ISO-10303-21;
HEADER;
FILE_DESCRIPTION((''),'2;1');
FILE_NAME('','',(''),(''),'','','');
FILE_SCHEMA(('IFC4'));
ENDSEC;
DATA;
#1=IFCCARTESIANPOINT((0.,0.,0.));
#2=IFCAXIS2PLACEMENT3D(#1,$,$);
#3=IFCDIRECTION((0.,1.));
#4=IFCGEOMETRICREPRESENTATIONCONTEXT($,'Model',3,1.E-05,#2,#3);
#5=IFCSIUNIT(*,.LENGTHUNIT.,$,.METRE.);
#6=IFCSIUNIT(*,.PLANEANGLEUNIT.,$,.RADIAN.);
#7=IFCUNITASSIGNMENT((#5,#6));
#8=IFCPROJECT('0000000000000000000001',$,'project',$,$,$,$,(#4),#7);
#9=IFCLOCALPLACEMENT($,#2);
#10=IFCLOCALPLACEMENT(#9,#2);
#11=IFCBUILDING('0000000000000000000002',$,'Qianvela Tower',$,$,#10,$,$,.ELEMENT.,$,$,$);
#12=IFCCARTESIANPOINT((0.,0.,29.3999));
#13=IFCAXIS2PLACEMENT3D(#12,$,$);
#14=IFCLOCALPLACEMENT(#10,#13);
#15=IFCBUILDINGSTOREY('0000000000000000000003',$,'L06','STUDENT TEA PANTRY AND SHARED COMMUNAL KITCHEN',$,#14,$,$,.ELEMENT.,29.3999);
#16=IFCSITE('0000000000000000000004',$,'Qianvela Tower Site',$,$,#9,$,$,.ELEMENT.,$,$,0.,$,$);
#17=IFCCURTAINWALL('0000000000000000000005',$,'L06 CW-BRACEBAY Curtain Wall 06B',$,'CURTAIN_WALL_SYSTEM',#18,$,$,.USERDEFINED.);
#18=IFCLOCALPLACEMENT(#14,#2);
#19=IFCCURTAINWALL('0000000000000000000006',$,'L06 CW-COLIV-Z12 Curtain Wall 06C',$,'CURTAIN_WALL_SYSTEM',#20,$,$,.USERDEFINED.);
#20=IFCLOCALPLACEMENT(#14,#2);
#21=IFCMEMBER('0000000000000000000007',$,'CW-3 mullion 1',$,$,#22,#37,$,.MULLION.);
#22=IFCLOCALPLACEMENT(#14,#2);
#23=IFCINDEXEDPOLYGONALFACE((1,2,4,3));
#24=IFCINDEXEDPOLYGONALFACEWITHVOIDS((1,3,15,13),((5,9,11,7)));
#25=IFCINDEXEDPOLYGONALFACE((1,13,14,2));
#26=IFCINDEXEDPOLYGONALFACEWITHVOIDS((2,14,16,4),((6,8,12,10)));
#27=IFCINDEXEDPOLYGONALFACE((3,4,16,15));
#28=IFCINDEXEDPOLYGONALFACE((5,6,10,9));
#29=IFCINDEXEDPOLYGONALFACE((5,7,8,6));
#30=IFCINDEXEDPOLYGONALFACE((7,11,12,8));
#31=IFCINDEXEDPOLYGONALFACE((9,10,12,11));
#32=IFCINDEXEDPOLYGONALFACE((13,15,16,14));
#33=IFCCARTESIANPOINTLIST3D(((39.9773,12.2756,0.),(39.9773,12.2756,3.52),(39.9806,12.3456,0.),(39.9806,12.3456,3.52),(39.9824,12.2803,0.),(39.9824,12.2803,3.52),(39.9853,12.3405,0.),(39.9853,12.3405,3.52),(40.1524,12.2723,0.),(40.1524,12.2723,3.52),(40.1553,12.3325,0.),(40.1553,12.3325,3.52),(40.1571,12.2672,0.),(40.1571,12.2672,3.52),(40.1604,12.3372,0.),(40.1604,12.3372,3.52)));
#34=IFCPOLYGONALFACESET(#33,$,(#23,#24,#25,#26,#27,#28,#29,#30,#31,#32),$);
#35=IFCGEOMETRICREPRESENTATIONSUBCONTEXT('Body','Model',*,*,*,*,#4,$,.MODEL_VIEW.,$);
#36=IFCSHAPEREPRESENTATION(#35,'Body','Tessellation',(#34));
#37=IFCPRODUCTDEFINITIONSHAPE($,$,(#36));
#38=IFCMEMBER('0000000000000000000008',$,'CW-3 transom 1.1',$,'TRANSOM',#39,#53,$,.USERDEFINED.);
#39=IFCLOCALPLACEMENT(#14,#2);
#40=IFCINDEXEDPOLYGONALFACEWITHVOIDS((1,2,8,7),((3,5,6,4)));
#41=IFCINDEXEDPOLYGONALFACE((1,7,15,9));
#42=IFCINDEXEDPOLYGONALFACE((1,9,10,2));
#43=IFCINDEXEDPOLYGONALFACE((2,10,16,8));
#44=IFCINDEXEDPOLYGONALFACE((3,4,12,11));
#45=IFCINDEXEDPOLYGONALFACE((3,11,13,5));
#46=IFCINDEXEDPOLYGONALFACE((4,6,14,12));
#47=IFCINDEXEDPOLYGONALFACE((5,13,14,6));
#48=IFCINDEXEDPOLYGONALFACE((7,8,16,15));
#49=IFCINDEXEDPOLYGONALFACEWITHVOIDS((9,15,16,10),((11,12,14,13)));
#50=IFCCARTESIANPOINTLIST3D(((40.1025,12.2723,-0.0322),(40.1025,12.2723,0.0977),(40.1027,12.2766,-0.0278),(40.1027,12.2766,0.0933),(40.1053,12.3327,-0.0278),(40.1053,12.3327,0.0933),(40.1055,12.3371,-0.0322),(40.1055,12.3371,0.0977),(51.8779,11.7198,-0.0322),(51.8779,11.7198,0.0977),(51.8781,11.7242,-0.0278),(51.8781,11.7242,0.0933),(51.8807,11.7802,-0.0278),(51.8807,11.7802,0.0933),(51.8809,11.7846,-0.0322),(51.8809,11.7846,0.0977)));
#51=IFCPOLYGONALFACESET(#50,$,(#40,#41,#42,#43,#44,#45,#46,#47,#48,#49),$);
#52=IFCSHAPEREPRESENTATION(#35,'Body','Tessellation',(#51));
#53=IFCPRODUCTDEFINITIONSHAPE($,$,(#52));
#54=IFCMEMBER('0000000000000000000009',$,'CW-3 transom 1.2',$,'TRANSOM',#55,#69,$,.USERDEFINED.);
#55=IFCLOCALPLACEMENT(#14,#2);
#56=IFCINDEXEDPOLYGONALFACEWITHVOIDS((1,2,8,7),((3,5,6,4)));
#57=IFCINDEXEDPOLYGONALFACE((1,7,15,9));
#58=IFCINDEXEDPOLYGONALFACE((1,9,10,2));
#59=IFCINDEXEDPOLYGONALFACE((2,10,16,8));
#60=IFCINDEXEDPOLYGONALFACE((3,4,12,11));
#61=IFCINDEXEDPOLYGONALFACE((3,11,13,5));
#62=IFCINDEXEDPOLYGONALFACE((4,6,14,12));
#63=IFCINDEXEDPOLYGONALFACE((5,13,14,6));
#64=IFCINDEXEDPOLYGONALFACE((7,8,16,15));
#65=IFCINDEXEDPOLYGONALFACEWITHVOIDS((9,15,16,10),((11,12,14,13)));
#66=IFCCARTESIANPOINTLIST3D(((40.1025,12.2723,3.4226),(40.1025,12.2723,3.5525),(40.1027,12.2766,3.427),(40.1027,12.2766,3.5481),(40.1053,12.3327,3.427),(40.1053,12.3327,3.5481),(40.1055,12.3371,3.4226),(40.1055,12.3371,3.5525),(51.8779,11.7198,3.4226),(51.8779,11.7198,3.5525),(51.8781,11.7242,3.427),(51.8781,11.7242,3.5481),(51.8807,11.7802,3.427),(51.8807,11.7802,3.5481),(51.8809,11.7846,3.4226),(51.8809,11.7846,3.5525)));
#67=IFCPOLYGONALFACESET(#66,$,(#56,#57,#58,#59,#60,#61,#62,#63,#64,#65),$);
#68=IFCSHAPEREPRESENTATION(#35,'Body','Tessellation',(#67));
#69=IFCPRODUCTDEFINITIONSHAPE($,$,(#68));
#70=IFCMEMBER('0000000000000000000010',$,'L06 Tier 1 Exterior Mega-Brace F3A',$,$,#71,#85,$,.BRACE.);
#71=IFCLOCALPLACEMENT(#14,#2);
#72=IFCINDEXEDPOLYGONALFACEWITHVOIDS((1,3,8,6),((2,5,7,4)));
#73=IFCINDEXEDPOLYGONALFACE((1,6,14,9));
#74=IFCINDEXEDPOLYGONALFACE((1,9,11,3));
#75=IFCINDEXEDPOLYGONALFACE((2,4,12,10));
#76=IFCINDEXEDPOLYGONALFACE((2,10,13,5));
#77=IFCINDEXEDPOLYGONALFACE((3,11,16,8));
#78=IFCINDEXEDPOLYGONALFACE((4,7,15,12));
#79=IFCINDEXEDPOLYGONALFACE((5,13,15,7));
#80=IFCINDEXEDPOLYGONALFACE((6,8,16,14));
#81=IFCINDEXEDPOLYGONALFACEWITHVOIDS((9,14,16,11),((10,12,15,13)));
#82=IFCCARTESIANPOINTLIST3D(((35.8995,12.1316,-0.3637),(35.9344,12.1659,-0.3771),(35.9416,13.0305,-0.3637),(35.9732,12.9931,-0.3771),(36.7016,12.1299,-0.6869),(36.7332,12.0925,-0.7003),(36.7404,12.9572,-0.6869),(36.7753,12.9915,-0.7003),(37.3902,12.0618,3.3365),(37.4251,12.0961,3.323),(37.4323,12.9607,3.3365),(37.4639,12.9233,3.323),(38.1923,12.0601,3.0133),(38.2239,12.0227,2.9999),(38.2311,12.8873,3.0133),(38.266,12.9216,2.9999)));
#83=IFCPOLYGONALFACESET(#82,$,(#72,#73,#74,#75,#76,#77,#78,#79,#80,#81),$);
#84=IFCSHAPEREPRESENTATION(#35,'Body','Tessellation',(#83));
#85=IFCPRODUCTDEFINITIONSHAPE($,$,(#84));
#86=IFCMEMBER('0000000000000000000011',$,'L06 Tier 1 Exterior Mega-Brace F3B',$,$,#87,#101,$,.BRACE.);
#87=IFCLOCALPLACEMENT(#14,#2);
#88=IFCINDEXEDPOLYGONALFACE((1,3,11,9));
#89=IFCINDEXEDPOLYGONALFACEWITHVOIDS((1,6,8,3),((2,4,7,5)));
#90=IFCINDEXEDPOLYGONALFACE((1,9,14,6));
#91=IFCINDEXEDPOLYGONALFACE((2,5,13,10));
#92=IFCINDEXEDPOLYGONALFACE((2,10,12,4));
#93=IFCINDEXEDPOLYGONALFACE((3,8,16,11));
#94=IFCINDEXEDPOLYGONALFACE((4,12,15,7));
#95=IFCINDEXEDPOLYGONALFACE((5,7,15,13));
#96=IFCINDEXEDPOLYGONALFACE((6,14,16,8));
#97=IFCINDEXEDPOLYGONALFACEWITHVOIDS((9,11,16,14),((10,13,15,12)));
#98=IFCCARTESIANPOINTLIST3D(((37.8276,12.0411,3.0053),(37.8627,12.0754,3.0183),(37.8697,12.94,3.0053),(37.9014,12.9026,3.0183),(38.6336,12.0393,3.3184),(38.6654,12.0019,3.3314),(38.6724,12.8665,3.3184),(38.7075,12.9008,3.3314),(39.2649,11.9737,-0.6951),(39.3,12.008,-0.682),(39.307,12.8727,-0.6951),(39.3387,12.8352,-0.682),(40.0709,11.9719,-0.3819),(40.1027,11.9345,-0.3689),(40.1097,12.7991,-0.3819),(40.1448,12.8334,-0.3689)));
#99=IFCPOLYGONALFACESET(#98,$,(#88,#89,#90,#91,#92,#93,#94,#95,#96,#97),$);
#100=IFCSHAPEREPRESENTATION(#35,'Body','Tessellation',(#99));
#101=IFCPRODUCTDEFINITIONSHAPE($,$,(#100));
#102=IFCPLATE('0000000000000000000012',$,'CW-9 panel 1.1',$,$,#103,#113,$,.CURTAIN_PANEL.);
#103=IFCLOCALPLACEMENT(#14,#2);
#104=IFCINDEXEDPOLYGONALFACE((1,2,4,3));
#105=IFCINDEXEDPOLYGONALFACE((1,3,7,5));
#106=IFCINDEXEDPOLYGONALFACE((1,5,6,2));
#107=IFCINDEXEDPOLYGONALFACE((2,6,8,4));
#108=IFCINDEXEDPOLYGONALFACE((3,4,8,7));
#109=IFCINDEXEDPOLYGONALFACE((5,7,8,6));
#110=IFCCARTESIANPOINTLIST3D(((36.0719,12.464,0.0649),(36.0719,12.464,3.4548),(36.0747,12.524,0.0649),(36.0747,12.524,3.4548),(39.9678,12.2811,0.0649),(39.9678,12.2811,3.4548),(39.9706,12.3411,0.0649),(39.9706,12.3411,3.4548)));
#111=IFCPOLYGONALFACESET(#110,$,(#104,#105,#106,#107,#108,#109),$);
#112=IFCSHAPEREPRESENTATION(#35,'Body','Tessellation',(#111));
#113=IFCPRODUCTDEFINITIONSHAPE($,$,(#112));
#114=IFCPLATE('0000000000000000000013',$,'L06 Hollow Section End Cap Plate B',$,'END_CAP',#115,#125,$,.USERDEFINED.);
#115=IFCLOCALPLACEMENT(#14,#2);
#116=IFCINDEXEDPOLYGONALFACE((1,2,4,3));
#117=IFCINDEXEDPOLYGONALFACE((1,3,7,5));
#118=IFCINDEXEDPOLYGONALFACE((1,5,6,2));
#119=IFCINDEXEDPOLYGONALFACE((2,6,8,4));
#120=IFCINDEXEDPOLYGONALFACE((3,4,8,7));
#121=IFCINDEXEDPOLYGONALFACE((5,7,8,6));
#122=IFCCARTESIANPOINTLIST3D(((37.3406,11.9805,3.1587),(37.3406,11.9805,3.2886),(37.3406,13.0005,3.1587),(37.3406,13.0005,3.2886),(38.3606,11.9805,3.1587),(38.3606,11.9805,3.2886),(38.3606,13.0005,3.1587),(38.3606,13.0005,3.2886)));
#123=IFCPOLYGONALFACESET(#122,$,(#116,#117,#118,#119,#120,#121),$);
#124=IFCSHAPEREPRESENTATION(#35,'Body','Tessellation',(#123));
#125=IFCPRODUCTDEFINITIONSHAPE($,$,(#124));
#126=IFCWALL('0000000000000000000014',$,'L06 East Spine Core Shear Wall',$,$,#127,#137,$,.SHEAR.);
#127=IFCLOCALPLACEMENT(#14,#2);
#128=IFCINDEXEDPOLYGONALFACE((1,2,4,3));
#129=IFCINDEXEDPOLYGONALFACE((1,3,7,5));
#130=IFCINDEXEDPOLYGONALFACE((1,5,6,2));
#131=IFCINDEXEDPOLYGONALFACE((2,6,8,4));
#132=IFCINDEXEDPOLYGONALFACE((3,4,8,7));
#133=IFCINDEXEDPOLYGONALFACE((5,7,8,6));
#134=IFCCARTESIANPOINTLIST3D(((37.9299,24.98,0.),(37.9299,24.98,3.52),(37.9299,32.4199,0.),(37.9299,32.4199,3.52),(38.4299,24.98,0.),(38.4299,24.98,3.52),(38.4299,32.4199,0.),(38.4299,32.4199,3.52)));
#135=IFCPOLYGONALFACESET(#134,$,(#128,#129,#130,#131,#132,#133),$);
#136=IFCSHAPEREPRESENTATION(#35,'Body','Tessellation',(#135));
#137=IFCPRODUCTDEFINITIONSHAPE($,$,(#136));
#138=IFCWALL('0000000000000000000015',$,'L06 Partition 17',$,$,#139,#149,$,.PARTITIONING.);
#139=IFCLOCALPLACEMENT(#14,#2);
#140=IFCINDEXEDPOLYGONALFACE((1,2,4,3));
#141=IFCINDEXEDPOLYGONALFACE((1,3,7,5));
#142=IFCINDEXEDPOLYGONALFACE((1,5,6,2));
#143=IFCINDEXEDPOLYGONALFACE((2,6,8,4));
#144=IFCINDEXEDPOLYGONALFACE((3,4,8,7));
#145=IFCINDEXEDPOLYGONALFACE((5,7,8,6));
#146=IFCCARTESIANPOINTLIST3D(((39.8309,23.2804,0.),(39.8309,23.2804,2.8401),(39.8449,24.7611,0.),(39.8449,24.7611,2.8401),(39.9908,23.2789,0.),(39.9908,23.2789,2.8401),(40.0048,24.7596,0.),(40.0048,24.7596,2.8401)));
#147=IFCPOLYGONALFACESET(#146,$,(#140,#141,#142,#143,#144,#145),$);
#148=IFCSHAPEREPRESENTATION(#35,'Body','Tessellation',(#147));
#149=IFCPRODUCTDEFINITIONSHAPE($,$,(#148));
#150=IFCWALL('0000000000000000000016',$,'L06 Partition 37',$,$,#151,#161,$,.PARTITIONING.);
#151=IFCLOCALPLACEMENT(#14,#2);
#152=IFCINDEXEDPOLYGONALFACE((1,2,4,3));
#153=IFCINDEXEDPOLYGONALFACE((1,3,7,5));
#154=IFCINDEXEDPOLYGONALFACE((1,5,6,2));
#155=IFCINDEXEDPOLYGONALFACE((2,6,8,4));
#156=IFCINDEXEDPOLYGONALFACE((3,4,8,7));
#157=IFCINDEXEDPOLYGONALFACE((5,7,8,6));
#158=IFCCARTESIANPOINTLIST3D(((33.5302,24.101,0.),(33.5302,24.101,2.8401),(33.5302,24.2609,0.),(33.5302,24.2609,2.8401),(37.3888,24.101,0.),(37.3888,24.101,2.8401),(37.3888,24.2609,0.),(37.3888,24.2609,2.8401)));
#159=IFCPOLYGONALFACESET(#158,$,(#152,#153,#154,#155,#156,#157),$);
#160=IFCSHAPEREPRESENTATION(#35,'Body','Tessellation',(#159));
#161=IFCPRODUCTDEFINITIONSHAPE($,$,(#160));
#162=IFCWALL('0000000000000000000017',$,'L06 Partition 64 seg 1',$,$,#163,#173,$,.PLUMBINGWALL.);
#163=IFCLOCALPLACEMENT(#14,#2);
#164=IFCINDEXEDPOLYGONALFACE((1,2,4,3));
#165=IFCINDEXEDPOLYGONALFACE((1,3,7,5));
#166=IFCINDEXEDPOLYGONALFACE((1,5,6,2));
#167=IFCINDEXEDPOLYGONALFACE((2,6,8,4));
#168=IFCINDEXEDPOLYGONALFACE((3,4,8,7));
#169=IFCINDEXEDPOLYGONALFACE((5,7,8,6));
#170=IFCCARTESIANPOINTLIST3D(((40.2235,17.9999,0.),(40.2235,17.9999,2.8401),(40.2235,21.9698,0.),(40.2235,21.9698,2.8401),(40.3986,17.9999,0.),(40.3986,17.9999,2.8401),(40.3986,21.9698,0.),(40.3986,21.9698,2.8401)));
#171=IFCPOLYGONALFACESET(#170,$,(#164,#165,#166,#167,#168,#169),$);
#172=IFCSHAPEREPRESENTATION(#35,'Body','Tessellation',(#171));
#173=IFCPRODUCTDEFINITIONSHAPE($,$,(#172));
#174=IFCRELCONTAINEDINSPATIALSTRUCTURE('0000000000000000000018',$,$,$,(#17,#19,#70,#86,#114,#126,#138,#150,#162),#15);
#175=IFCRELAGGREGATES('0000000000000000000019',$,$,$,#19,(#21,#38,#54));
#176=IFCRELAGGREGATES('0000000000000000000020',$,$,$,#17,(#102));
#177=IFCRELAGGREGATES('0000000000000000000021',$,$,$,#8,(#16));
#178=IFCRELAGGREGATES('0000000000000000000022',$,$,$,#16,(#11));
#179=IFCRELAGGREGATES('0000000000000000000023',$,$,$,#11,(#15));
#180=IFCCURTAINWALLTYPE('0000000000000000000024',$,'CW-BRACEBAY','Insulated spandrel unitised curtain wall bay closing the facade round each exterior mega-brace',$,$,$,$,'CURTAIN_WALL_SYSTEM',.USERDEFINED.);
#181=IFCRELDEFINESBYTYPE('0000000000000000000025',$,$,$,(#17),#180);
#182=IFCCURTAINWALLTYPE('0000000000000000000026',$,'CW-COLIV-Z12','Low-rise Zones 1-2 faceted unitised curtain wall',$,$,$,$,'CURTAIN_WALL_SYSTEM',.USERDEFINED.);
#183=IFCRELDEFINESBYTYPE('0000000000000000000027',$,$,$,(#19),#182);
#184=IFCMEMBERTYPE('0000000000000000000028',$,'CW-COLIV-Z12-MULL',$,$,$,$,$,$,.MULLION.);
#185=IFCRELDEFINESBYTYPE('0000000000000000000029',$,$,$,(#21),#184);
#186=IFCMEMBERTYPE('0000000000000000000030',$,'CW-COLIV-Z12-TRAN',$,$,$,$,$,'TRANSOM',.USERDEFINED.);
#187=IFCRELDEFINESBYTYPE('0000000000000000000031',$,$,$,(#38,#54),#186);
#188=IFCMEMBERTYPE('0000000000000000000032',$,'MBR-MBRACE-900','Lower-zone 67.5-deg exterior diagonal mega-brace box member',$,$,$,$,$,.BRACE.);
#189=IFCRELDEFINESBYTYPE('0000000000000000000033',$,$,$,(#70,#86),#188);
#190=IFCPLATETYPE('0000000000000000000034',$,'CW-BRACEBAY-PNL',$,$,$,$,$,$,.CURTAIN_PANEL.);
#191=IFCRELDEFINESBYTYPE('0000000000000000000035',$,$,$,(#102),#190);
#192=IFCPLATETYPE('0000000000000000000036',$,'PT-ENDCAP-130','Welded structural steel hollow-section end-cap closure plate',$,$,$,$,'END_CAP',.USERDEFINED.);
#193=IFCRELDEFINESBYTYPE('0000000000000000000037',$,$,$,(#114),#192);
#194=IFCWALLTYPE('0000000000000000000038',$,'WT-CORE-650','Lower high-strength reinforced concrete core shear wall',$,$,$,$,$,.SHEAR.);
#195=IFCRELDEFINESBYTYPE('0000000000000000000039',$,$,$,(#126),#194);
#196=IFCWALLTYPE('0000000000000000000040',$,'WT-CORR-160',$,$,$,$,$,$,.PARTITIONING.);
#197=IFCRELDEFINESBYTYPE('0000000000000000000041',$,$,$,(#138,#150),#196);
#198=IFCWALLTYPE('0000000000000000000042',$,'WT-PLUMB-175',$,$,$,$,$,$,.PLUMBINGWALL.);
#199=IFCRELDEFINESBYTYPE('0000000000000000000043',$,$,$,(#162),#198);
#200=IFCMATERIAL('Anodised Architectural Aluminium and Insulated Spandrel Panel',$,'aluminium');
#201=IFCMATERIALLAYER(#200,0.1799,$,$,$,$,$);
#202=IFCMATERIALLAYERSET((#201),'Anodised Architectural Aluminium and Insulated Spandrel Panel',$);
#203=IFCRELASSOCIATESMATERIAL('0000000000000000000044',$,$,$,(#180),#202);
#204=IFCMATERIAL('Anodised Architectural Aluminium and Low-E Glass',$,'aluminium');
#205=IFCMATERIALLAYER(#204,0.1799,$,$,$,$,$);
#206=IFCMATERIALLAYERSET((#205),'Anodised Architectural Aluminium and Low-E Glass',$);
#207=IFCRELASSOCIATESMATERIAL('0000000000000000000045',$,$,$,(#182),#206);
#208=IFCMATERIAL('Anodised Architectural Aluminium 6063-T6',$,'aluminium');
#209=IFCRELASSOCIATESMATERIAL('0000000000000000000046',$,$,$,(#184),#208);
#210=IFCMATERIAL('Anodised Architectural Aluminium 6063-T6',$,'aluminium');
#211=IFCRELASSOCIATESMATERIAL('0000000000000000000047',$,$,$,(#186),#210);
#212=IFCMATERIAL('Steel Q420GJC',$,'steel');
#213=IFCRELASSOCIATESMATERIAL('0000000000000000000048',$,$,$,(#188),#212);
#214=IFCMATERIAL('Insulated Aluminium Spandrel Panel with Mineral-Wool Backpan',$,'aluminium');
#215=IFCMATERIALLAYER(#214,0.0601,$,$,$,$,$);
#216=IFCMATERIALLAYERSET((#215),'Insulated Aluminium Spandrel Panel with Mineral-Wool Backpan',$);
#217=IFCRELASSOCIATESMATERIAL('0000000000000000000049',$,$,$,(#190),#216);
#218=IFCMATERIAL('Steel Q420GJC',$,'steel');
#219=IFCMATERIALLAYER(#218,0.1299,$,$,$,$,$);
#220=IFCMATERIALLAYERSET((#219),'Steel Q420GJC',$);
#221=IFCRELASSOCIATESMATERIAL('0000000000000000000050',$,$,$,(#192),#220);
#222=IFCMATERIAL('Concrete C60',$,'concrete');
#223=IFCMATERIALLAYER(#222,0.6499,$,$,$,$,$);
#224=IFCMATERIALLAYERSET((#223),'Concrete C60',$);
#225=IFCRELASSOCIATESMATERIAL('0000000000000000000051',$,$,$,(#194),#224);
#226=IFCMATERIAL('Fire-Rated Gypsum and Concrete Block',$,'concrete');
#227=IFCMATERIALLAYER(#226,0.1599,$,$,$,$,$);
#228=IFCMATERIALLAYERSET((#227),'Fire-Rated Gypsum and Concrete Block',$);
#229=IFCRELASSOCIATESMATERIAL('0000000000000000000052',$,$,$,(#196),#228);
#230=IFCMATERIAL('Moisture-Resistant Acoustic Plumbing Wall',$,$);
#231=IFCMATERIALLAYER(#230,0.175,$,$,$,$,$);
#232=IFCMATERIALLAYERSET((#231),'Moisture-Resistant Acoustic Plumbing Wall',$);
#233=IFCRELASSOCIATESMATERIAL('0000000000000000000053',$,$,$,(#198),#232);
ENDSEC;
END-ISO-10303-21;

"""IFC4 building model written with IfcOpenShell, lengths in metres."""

from ifc_helpers import new_model, si_unit, direction, frame, frame_2d, origin, origin_2d, place, context, subcontext, project, spatial, rectangle, hollow_rectangle, extrude, material, layer, layer_set, material_profile, profile_set, type_object, element, aggregate, save


model = new_model("IFC4")

# Units and contexts
model_context = context("Model", 3, precision=1e-05, world=origin(), true_north=direction((0.0, 1.0)))
body_context = subcontext(model_context, "Body", "Model", "MODEL_VIEW")
ifc_project = project(units=[si_unit("LENGTHUNIT", "METRE"), si_unit("PLANEANGLEUNIT", "RADIAN")], contexts=[model_context])

# Site, building, storey
site_placement = place(None, origin())
site = spatial("IfcSite", under=ifc_project, at=site_placement, Name="Qianvela Tower Site", CompositionType="ELEMENT", RefElevation=0.0)
building_placement = place(site_placement, origin())
building = spatial("IfcBuilding", under=site, at=building_placement, Name="Qianvela Tower", CompositionType="ELEMENT")
storey_placement = place(building_placement, frame((0.0, 0.0, 29.3999)))
storey = spatial("IfcBuildingStorey", under=building, at=storey_placement, Name="L06", Description="STUDENT TEA PANTRY AND SHARED COMMUNAL KITCHEN", CompositionType="ELEMENT", Elevation=29.3999)

# Curtain wall
ifc_material_1 = material(Name="Anodised Architectural Aluminium and Insulated Spandrel Panel", Category="aluminium")
ifc_layer_1 = layer(ifc_material_1, 0.1799)
ifc_layer_set_1 = layer_set([ifc_layer_1], Name="Anodised Architectural Aluminium and Insulated Spandrel Panel")
curtain_wall_type_1 = type_object("IfcCurtainWallType", Name="CW-BRACEBAY", Description="Insulated spandrel unitised curtain wall bay closing the facade round each exterior mega-brace", ElementType="CURTAIN_WALL_SYSTEM", PredefinedType="USERDEFINED", material=ifc_layer_set_1)
curtain_wall_1_placement = place(storey_placement, origin())
curtain_wall_1 = element("IfcCurtainWall", 1, at=curtain_wall_1_placement, inside=storey, type_object=curtain_wall_type_1, Name="L06 CW-BRACEBAY Curtain Wall 06B", ObjectType="CURTAIN_WALL_SYSTEM", PredefinedType="USERDEFINED")

# Shared definitions
ifc_material_2 = material(Name="Anodised Architectural Aluminium and Low-E Glass", Category="aluminium")
ifc_layer_2 = layer(ifc_material_2, 0.1799)
ifc_layer_set_2 = layer_set([ifc_layer_2], Name="Anodised Architectural Aluminium and Low-E Glass")
curtain_wall_type_2 = type_object("IfcCurtainWallType", Name="CW-COLIV-Z12", Description="Low-rise Zones 1-2 faceted unitised curtain wall", ElementType="CURTAIN_WALL_SYSTEM", PredefinedType="USERDEFINED", material=ifc_layer_set_2)
ifc_material_3 = material(Name="Anodised Architectural Aluminium 6063-T6", Category="aluminium")
ifc_material_profile_1 = material_profile(ifc_material_3, hollow_rectangle(XDim=0.0701, YDim=0.1799, WallThickness=0.0049, at=origin_2d()), Name="ALU-MULL-70x180")
ifc_profile_set_1 = profile_set([ifc_material_profile_1], Name="Anodised Architectural Aluminium 6063-T6")
member_type_1 = type_object("IfcMemberType", Name="CW-COLIV-Z12-MULL", PredefinedType="MULLION", material=ifc_profile_set_1)

# Curtain wall, members
curtain_wall_2_placement = place(storey_placement, origin())
curtain_wall_2 = element("IfcCurtainWall", 2, at=curtain_wall_2_placement, inside=storey, type_object=curtain_wall_type_2, Name="L06 CW-COLIV-Z12 Curtain Wall 06C", ObjectType="CURTAIN_WALL_SYSTEM", PredefinedType="USERDEFINED")
member_1_placement = place(storey_placement, frame((40.0688, 12.3064, 0.0), z_axis=(0.0, 0.0, 1.0), x_axis=(0.04688, 0.998901, 0.0)))
member_1 = element("IfcMember", 3, at=member_1_placement, type_object=member_type_1, Name="CW-3 mullion 1", PredefinedType="MULLION", context=body_context, shape_type="SweptSolid", body=[
    extrude(hollow_rectangle(XDim=0.0701, YDim=0.1799, WallThickness=0.0049, at=origin_2d()), origin(), (0.0, 0.0, 1.0), 3.52),
])
ifc_material_4 = material(Name="Anodised Architectural Aluminium 6063-T6", Category="aluminium")
ifc_material_profile_2 = material_profile(ifc_material_4, hollow_rectangle(XDim=0.0649, YDim=0.1299, WallThickness=0.0044, at=origin_2d()), Name="ALU-TRAN-65x130")
ifc_profile_set_2 = profile_set([ifc_material_profile_2], Name="Anodised Architectural Aluminium 6063-T6")
member_type_2 = type_object("IfcMemberType", Name="CW-COLIV-Z12-TRAN", ElementType="TRANSOM", PredefinedType="USERDEFINED", material=ifc_profile_set_2)
member_2_placement = place(storey_placement, frame((40.104, 12.3047, 0.0327), z_axis=(0.998901, -0.046867, 0.0), x_axis=(0.046867, 0.998901, 0.0)))
member_2 = element("IfcMember", 4, at=member_2_placement, type_object=member_type_2, Name="CW-3 transom 1.1", ObjectType="TRANSOM", PredefinedType="USERDEFINED", context=body_context, shape_type="SweptSolid", body=[
    extrude(hollow_rectangle(XDim=0.0649, YDim=0.1299, WallThickness=0.0044, at=origin_2d()), origin(), (0.0, 0.0, 1.0), 11.7883),
])
member_3_placement = place(storey_placement, frame((40.104, 12.3047, 3.4875), z_axis=(0.998901, -0.046867, 0.0), x_axis=(0.046867, 0.998901, 0.0)))
member_3 = element("IfcMember", 5, at=member_3_placement, type_object=member_type_2, Name="CW-3 transom 1.2", ObjectType="TRANSOM", PredefinedType="USERDEFINED", context=body_context, shape_type="SweptSolid", body=[
    extrude(hollow_rectangle(XDim=0.0649, YDim=0.1299, WallThickness=0.0044, at=origin_2d()), origin(), (0.0, 0.0, 1.0), 11.7883),
])
aggregate(curtain_wall_2, [member_1, member_2, member_3])

# Members
ifc_material_5 = material(Name="Steel Q420GJC", Category="steel")
ifc_material_profile_3 = material_profile(ifc_material_5, hollow_rectangle(XDim=0.8999, YDim=0.8999, WallThickness=0.0359, at=origin_2d()), Name="MBOX-900x900x36")
ifc_profile_set_3 = profile_set([ifc_material_profile_3], Name="Steel Q420GJC")
member_type_3 = type_object("IfcMemberType", Name="MBR-MBRACE-900", Description="Lower-zone 67.5-deg exterior diagonal mega-brace box member", PredefinedType="BRACE", material=ifc_profile_set_3)
member_4_placement = place(storey_placement, frame((36.3374, 12.5615, -0.532), z_axis=(0.373633, -0.017501, 0.927412), x_axis=(0.046788, 0.998905, 0.0)))
element("IfcMember", 6, at=member_4_placement, inside=storey, type_object=member_type_3, Name="L06 Tier 1 Exterior Mega-Brace F3A", PredefinedType="BRACE", context=body_context, shape_type="SweptSolid", body=[
    extrude(hollow_rectangle(XDim=0.8999, YDim=0.8999, WallThickness=0.0359, at=origin_2d()), origin(), (0.0, 0.0, 1.0), 3.9897),
])
member_5_placement = place(storey_placement, frame((39.7048, 12.4036, -0.532), z_axis=(-0.36202, 0.016973, 0.932016), x_axis=(-0.046832, -0.998903, 0.0)))
element("IfcMember", 7, at=member_5_placement, inside=storey, type_object=member_type_3, Name="L06 Tier 1 Exterior Mega-Brace F3B", PredefinedType="BRACE", context=body_context, shape_type="SweptSolid", body=[
    extrude(hollow_rectangle(XDim=0.8999, YDim=0.8999, WallThickness=0.0359, at=origin_2d()), origin(), (0.0, 0.0, 1.0), 3.9702),
])

# Plates
ifc_material_6 = material(Name="Insulated Aluminium Spandrel Panel with Mineral-Wool Backpan", Category="aluminium")
ifc_layer_3 = layer(ifc_material_6, 0.0601)
ifc_layer_set_3 = layer_set([ifc_layer_3], Name="Insulated Aluminium Spandrel Panel with Mineral-Wool Backpan")
plate_type_1 = type_object("IfcPlateType", Name="CW-BRACEBAY-PNL", PredefinedType="CURTAIN_PANEL", material=ifc_layer_set_3)
plate_1_placement = place(storey_placement, frame((38.0212, 12.4026, 0.0649), z_axis=(0.0, 0.0, 1.0), x_axis=(0.9989, -0.046898, 0.0)))
plate_1 = element("IfcPlate", 8, at=plate_1_placement, type_object=plate_type_1, Name="CW-9 panel 1.1", PredefinedType="CURTAIN_PANEL", context=body_context, shape_type="SweptSolid", body=[
    extrude(rectangle(XDim=3.9001, YDim=0.0601, at=origin_2d()), origin(), (0.0, 0.0, 1.0), 3.3899),
])
aggregate(curtain_wall_1, [plate_1])
ifc_material_7 = material(Name="Steel Q420GJC", Category="steel")
ifc_layer_4 = layer(ifc_material_7, 0.1299)
ifc_layer_set_4 = layer_set([ifc_layer_4], Name="Steel Q420GJC")
plate_type_2 = type_object("IfcPlateType", Name="PT-ENDCAP-130", Description="Welded structural steel hollow-section end-cap closure plate", ElementType="END_CAP", PredefinedType="USERDEFINED", material=ifc_layer_set_4)
plate_2_placement = place(storey_placement, frame((37.8506, 12.4905, 3.1587), z_axis=(0.0, 0.0, 1.0), x_axis=(1.0, 0.0, 0.0)))
element("IfcPlate", 9, at=plate_2_placement, inside=storey, type_object=plate_type_2, Name="L06 Hollow Section End Cap Plate B", ObjectType="END_CAP", PredefinedType="USERDEFINED", context=body_context, shape_type="SweptSolid", body=[
    extrude(rectangle(XDim=1.02, YDim=1.02, at=origin_2d()), origin(), (0.0, 0.0, 1.0), 0.1299),
])

# Walls
ifc_material_8 = material(Name="Concrete C60", Category="concrete")
ifc_layer_5 = layer(ifc_material_8, 0.6499)
ifc_layer_set_5 = layer_set([ifc_layer_5], Name="Concrete C60")
wall_type_1 = type_object("IfcWallType", Name="WT-CORE-650", Description="Lower high-strength reinforced concrete core shear wall", PredefinedType="SHEAR", material=ifc_layer_set_5)
wall_1_placement = place(storey_placement, frame((38.1799, 24.98, 0.0), z_axis=(0.0, 0.0, 1.0), x_axis=(0.0, 1.0, 0.0)))
element("IfcWall", 10, at=wall_1_placement, inside=storey, type_object=wall_type_1, Name="L06 East Spine Core Shear Wall", PredefinedType="SHEAR", context=body_context, shape_type="SweptSolid", body=[
    extrude(rectangle(XDim=7.4399, YDim=0.5, at=frame_2d((3.72, 0.0))), origin(), (0.0, 0.0, 1.0), 3.52),
])
ifc_material_9 = material(Name="Fire-Rated Gypsum and Concrete Block", Category="concrete")
ifc_layer_6 = layer(ifc_material_9, 0.1599)
ifc_layer_set_6 = layer_set([ifc_layer_6], Name="Fire-Rated Gypsum and Concrete Block")
wall_type_2 = type_object("IfcWallType", Name="WT-CORR-160", PredefinedType="PARTITIONING", material=ifc_layer_set_6)
wall_2_placement = place(storey_placement, frame((39.9109, 23.2798, 0.0), z_axis=(0.0, 0.0, 1.0), x_axis=(0.009398, 0.999956, 0.0)))
element("IfcWall", 11, at=wall_2_placement, inside=storey, type_object=wall_type_2, Name="L06 Partition 17", PredefinedType="PARTITIONING", context=body_context, shape_type="SweptSolid", body=[
    extrude(rectangle(XDim=1.4807, YDim=0.1599, at=frame_2d((0.7402, 0.0))), origin(), (0.0, 0.0, 1.0), 2.8401),
])
wall_3_placement = place(storey_placement, frame((37.3887, 24.1809, 0.0), z_axis=(0.0, 0.0, 1.0), x_axis=(-1.0, 0.0, 0.0)))
element("IfcWall", 12, at=wall_3_placement, inside=storey, type_object=wall_type_2, Name="L06 Partition 37", PredefinedType="PARTITIONING", context=body_context, shape_type="SweptSolid", body=[
    extrude(rectangle(XDim=3.8586, YDim=0.1599, at=frame_2d((1.9292, 0.0))), origin(), (0.0, 0.0, 1.0), 2.8401),
])
ifc_material_10 = material(Name="Moisture-Resistant Acoustic Plumbing Wall")
ifc_layer_7 = layer(ifc_material_10, 0.175)
ifc_layer_set_7 = layer_set([ifc_layer_7], Name="Moisture-Resistant Acoustic Plumbing Wall")
wall_type_3 = type_object("IfcWallType", Name="WT-PLUMB-175", PredefinedType="PLUMBINGWALL", material=ifc_layer_set_7)
wall_4_placement = place(storey_placement, frame((40.311, 18.0, 0.0), z_axis=(0.0, 0.0, 1.0), x_axis=(0.0, 1.0, 0.0)))
element("IfcWall", 13, at=wall_4_placement, inside=storey, type_object=wall_type_3, Name="L06 Partition 64 seg 1", PredefinedType="PLUMBINGWALL", context=body_context, shape_type="SweptSolid", body=[
    extrude(rectangle(XDim=3.97, YDim=0.175, at=frame_2d((1.9849, 0.0))), origin(), (0.0, 0.0, 1.0), 2.8401),
])

save(model, "model.ifc")
